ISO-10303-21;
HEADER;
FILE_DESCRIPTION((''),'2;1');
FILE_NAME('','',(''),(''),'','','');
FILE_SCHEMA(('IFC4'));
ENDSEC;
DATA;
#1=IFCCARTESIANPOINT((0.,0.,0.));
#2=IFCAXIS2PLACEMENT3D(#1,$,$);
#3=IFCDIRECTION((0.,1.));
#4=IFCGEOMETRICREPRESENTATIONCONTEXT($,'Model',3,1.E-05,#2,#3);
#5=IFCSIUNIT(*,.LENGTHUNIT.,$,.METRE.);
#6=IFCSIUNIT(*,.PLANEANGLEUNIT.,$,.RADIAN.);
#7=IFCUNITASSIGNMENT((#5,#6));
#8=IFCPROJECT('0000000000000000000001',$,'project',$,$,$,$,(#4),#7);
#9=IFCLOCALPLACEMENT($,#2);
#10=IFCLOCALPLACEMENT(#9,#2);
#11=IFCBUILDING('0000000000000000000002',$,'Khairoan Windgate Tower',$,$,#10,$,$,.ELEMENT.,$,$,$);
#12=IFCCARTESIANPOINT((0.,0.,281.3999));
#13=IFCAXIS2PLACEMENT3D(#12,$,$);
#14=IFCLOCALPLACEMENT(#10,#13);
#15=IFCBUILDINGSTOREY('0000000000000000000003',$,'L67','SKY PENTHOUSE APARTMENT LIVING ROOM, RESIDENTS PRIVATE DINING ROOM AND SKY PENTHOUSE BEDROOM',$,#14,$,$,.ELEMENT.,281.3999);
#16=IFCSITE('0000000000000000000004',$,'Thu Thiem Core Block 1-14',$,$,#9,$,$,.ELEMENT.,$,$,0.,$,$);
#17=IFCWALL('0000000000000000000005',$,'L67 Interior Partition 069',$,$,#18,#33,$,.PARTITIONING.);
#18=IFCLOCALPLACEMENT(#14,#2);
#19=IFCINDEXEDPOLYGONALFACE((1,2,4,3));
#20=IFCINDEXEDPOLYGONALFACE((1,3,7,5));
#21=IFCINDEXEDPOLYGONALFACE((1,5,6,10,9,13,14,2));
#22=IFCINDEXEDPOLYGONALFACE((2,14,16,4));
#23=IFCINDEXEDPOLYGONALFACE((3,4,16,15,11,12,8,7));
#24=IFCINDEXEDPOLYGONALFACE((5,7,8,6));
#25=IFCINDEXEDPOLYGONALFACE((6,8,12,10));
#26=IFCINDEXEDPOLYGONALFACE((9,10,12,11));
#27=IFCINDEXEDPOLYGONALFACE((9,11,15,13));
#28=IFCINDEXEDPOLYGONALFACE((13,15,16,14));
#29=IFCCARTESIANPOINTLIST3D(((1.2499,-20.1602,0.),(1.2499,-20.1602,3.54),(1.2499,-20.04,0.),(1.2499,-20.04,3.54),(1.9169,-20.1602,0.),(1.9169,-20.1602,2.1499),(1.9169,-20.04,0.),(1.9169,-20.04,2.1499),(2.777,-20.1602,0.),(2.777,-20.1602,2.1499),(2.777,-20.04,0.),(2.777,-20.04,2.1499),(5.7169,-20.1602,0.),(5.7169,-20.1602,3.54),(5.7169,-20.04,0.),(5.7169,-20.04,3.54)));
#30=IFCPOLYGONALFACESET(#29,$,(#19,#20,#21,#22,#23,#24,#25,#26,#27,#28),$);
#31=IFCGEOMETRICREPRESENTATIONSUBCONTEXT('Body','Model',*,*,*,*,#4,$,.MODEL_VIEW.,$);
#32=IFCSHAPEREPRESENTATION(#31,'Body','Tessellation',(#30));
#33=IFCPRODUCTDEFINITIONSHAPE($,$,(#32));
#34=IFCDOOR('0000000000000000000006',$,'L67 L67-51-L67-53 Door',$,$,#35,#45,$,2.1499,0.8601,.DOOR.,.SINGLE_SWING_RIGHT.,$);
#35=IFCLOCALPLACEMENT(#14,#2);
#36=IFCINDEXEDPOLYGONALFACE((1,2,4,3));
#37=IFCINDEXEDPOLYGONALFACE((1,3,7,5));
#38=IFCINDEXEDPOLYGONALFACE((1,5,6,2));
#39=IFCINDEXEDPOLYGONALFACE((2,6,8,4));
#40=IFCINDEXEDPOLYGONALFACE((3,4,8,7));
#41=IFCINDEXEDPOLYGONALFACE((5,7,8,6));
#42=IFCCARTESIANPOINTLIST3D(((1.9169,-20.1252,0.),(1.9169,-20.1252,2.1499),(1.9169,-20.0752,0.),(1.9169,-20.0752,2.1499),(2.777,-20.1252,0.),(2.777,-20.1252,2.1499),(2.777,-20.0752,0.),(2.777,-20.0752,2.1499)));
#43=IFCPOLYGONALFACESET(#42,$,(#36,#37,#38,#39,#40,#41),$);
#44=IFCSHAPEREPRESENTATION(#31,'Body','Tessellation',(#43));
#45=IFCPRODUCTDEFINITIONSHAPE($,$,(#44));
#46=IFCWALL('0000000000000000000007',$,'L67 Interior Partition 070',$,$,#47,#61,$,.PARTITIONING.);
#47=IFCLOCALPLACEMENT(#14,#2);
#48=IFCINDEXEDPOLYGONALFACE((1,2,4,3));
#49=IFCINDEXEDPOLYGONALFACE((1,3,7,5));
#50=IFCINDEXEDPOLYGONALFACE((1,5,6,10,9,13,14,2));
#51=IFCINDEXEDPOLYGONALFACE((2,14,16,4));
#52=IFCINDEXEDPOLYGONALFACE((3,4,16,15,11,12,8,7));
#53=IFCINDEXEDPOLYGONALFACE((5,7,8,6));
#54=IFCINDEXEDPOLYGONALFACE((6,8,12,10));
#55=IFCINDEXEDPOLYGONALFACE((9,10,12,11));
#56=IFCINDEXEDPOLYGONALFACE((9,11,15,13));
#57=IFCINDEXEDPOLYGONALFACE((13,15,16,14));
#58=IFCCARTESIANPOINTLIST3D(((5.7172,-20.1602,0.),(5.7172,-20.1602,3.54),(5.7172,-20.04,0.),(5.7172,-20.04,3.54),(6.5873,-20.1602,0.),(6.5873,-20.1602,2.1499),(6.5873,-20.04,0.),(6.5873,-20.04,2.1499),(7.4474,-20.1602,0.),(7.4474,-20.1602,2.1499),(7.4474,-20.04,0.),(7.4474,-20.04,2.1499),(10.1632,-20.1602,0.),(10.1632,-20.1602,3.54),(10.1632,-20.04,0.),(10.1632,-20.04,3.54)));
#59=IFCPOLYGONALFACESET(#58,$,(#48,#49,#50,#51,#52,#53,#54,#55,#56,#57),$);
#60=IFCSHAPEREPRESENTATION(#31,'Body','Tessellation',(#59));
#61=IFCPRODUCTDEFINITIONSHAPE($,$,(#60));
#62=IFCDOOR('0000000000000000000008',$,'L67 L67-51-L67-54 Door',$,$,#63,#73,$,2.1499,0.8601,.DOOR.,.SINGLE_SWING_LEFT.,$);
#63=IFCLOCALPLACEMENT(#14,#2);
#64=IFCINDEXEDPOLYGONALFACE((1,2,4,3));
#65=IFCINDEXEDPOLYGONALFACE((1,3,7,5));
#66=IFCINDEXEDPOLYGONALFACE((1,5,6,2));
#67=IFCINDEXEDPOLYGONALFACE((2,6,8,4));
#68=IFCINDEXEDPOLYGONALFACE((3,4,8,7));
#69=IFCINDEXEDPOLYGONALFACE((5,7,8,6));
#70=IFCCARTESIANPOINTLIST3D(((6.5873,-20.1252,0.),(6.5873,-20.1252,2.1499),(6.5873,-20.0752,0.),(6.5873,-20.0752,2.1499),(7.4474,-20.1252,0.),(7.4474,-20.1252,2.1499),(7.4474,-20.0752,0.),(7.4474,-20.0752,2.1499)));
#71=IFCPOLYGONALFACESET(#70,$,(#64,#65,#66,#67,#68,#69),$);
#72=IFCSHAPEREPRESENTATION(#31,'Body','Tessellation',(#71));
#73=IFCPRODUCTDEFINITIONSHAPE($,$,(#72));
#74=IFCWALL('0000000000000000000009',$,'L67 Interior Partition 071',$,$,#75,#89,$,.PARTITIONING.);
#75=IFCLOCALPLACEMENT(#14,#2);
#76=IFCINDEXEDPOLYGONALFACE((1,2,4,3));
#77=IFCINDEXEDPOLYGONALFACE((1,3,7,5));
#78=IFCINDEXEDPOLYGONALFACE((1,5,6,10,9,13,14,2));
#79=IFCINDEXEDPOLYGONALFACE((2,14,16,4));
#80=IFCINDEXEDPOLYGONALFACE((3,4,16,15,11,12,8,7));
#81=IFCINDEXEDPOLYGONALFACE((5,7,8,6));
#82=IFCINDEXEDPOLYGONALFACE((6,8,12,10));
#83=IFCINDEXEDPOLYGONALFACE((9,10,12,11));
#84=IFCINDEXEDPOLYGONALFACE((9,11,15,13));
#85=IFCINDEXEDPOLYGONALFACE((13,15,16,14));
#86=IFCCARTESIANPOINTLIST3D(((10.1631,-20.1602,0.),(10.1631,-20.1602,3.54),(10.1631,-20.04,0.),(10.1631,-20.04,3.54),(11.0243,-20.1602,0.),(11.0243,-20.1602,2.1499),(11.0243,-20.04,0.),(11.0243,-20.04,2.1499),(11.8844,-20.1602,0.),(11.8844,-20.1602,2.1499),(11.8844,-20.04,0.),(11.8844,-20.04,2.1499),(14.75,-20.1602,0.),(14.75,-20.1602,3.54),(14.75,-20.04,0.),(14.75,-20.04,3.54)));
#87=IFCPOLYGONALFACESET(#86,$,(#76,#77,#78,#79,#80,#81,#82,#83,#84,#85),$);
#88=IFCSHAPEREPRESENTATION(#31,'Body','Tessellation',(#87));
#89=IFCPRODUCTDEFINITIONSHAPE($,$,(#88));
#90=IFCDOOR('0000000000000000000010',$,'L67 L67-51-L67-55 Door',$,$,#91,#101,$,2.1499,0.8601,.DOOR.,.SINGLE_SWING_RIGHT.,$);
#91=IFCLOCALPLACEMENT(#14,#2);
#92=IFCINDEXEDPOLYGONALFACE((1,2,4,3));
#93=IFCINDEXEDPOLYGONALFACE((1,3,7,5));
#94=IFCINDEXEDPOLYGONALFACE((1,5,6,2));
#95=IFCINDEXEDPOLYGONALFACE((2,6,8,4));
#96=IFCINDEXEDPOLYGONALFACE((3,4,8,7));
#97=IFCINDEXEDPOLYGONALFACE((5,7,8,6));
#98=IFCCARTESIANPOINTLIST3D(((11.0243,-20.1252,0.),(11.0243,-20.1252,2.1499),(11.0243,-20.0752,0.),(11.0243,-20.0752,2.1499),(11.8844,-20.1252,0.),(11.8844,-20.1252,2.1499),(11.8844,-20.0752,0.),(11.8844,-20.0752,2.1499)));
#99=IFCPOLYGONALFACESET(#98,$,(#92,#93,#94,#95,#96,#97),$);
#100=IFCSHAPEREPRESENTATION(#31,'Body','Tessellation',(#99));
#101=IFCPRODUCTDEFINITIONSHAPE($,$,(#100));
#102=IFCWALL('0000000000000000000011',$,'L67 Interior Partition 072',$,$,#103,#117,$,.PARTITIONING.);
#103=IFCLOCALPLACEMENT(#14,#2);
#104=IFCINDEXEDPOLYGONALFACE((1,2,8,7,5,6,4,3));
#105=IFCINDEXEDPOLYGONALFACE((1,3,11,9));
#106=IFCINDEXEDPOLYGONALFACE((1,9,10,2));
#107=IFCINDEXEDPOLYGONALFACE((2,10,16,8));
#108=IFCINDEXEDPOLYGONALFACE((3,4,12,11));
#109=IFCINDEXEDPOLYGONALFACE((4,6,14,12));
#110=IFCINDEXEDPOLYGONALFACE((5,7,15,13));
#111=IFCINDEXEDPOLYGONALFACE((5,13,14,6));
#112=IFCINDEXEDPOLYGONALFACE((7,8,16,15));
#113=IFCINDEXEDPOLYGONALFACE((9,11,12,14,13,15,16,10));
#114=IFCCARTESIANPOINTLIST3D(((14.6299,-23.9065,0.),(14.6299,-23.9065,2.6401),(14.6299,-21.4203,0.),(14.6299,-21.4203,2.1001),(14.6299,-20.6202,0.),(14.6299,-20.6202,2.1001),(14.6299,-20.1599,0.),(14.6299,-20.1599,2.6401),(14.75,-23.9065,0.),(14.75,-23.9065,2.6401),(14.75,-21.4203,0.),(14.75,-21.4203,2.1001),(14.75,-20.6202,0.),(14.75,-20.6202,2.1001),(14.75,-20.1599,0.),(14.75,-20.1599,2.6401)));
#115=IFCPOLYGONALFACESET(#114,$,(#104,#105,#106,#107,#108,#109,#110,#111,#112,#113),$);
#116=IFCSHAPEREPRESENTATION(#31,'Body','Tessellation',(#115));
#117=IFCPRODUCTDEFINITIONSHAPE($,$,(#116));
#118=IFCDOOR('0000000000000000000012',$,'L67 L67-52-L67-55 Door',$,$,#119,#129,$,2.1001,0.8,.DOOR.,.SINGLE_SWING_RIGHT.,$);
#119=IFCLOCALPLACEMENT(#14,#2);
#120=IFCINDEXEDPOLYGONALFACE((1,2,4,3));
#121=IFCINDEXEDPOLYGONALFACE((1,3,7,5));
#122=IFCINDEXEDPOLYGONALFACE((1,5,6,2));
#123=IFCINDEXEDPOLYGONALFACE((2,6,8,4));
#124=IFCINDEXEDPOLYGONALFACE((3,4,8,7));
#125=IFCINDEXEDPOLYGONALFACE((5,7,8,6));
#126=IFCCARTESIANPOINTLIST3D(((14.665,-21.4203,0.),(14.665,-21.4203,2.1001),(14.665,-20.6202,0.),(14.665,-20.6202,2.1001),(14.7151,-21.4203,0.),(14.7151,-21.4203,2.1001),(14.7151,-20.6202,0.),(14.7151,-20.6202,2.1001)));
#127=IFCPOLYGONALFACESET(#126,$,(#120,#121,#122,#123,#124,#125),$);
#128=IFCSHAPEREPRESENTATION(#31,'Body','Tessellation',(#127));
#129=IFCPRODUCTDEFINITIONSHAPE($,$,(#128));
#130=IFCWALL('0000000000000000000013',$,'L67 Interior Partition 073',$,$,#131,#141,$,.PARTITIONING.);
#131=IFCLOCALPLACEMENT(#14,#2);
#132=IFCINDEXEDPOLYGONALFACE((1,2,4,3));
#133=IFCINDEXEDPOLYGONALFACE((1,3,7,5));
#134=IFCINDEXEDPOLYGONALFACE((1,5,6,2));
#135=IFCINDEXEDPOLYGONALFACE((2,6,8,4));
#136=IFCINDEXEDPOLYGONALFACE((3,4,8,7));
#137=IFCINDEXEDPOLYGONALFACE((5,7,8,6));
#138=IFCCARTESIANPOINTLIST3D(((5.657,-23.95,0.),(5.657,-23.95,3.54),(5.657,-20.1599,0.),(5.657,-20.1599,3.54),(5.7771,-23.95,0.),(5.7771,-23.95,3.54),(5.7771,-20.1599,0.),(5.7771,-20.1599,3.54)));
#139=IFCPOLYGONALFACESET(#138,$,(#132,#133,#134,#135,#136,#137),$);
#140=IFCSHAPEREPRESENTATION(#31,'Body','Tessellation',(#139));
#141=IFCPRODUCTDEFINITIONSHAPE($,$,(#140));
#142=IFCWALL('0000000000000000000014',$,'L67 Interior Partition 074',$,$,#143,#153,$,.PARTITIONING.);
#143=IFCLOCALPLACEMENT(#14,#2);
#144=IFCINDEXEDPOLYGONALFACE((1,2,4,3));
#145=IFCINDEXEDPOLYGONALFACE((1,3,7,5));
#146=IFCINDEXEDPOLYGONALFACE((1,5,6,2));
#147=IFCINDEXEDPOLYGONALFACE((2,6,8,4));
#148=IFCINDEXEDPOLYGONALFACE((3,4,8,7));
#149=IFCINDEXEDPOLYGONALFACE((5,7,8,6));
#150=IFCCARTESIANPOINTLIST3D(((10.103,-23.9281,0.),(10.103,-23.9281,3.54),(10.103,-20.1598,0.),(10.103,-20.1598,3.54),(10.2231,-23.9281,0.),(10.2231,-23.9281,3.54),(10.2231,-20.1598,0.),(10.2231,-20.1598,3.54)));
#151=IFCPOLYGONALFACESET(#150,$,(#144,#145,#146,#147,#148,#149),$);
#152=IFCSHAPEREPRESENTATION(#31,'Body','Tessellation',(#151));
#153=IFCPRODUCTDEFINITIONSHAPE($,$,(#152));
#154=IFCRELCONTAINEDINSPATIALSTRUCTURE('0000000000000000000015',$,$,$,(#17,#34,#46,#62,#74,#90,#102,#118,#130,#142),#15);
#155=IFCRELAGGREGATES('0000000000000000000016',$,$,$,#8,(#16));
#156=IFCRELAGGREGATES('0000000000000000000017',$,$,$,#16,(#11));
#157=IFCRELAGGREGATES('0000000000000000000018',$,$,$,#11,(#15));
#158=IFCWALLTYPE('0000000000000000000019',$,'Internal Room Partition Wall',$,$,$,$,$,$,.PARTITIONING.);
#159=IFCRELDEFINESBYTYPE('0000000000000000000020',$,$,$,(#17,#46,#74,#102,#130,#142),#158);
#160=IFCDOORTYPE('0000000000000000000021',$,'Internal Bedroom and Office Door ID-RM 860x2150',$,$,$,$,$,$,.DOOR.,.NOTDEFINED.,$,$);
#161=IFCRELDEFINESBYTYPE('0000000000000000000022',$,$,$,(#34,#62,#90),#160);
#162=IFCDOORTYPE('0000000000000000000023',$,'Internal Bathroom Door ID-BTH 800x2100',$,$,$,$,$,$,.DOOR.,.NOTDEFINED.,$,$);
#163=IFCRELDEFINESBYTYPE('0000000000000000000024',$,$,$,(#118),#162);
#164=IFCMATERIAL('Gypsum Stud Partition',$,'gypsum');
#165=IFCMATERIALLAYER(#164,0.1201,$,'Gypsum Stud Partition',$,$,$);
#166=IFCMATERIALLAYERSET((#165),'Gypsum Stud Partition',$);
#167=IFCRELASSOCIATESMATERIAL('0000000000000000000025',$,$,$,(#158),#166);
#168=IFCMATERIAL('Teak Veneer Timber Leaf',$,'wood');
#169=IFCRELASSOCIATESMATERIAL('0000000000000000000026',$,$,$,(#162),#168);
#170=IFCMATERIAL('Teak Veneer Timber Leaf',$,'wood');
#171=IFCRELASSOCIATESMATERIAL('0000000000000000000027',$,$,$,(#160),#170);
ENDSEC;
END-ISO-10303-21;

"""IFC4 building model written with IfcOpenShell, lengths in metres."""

from ifc_helpers import new_model, si_unit, direction, frame, frame_2d, origin, place, context, subcontext, project, spatial, rectangle, extrude, material, layer, layer_set, type_object, element, fill, save


model = new_model("IFC4")

# Units and contexts
model_context = context("Model", 3, precision=1e-05, world=origin(), true_north=direction((0.0, 1.0)))
body_context = subcontext(model_context, "Body", "Model", "MODEL_VIEW")
ifc_project = project(units=[si_unit("LENGTHUNIT", "METRE"), si_unit("PLANEANGLEUNIT", "RADIAN")], contexts=[model_context])

# Site, building, storey
site_placement = place(None, origin())
site = spatial("IfcSite", under=ifc_project, at=site_placement, Name="Thu Thiem Core Block 1-14", CompositionType="ELEMENT", RefElevation=0.0)
building_placement = place(site_placement, origin())
building = spatial("IfcBuilding", under=site, at=building_placement, Name="Khairoan Windgate Tower", CompositionType="ELEMENT")
storey_placement = place(building_placement, frame((0.0, 0.0, 281.3999)))
storey = spatial("IfcBuildingStorey", under=building, at=storey_placement, Name="L67", Description="SKY PENTHOUSE APARTMENT LIVING ROOM, RESIDENTS PRIVATE DINING ROOM AND SKY PENTHOUSE BEDROOM", CompositionType="ELEMENT", Elevation=281.3999)

# Shared definitions
ifc_material_1 = material(Name="Gypsum Stud Partition", Category="gypsum")
ifc_layer_1 = layer(ifc_material_1, 0.1201, Name="Gypsum Stud Partition")
ifc_layer_set_1 = layer_set([ifc_layer_1], Name="Gypsum Stud Partition")
wall_type_1 = type_object("IfcWallType", Name="Internal Room Partition Wall", PredefinedType="PARTITIONING", material=ifc_layer_set_1)

# Walls, openings, doors
ifc_material_2 = material(Name="Teak Veneer Timber Leaf", Category="wood")
door_type_1 = type_object("IfcDoorType", Name="Internal Bathroom Door ID-BTH 800x2100", OperationType="NOTDEFINED", PredefinedType="DOOR", material=ifc_material_2)
wall_1_placement = place(storey_placement, frame((1.25, -20.1001, 0.0), z_axis=(0.0, 0.0, 1.0), x_axis=(1.0, 0.0, 0.0)))
wall_1 = element("IfcWall", 1, at=wall_1_placement, inside=storey, type_object=wall_type_1, Name="L67 Interior Partition 069", PredefinedType="PARTITIONING", context=body_context, shape_type="SweptSolid", body=[
    extrude(rectangle(XDim=4.467, YDim=0.1201, at=frame_2d((2.2334, 0.0))), origin(), (0.0, 0.0, 1.0), 3.54),
])
opening_1_placement = place(wall_1_placement, frame((0.6667, 0.0, 0.0)))
opening_1 = element("IfcOpeningElement", 2, at=opening_1_placement, cuts=wall_1, PredefinedType="OPENING", context=body_context, shape_type="SweptSolid", body=[
    extrude(rectangle(XDim=0.8601, YDim=2.1499, at=frame_2d((0.4302, 1.075))), frame((0.0, 0.0701, 0.0), z_axis=(0.0, -1.0, 0.0), x_axis=(1.0, 0.0, 0.0)), (0.0, 0.0, 1.0), 0.1401),
])
ifc_material_3 = material(Name="Teak Veneer Timber Leaf", Category="wood")
door_type_2 = type_object("IfcDoorType", Name="Internal Bedroom and Office Door ID-RM 860x2150", OperationType="NOTDEFINED", PredefinedType="DOOR", material=ifc_material_3)
door_1_placement = place(opening_1_placement, origin())
door_1 = element("IfcDoor", 3, at=door_1_placement, inside=storey, type_object=door_type_2, Name="L67 L67-51-L67-53 Door", OperationType="SINGLE_SWING_RIGHT", OverallHeight=2.1499, OverallWidth=0.8601, PredefinedType="DOOR", context=body_context, shape_type="SweptSolid", body=[
    extrude(rectangle(XDim=0.8601, YDim=2.1499, at=frame_2d((0.4302, 1.075))), frame((0.0, 0.0249, 0.0), z_axis=(0.0, -1.0, 0.0), x_axis=(1.0, 0.0, 0.0)), (0.0, 0.0, 1.0), 0.05),
])
fill(opening_1, door_1)
wall_2_placement = place(storey_placement, frame((5.717, -20.1001, 0.0), z_axis=(0.0, 0.0, 1.0), x_axis=(1.0, 0.0, 0.0)))
wall_2 = element("IfcWall", 4, at=wall_2_placement, inside=storey, type_object=wall_type_1, Name="L67 Interior Partition 070", PredefinedType="PARTITIONING", context=body_context, shape_type="SweptSolid", body=[
    extrude(rectangle(XDim=4.446, YDim=0.1201, at=frame_2d((2.2231, 0.0))), origin(), (0.0, 0.0, 1.0), 3.54),
])
opening_2_placement = place(wall_2_placement, frame((0.8701, 0.0, 0.0)))
opening_2 = element("IfcOpeningElement", 5, at=opening_2_placement, cuts=wall_2, PredefinedType="OPENING", context=body_context, shape_type="SweptSolid", body=[
    extrude(rectangle(XDim=0.8601, YDim=2.1499, at=frame_2d((0.4302, 1.075))), frame((0.0, 0.0701, 0.0), z_axis=(0.0, -1.0, 0.0), x_axis=(1.0, 0.0, 0.0)), (0.0, 0.0, 1.0), 0.1401),
])
door_2_placement = place(opening_2_placement, origin())
door_2 = element("IfcDoor", 6, at=door_2_placement, inside=storey, type_object=door_type_2, Name="L67 L67-51-L67-54 Door", OperationType="SINGLE_SWING_LEFT", OverallHeight=2.1499, OverallWidth=0.8601, PredefinedType="DOOR", context=body_context, shape_type="SweptSolid", body=[
    extrude(rectangle(XDim=0.8601, YDim=2.1499, at=frame_2d((0.4302, 1.075))), frame((0.0, 0.0249, 0.0), z_axis=(0.0, -1.0, 0.0), x_axis=(1.0, 0.0, 0.0)), (0.0, 0.0, 1.0), 0.05),
])
fill(opening_2, door_2)
wall_3_placement = place(storey_placement, frame((10.1631, -20.1001, 0.0), z_axis=(0.0, 0.0, 1.0), x_axis=(1.0, 0.0, 0.0)))
wall_3 = element("IfcWall", 7, at=wall_3_placement, inside=storey, type_object=wall_type_1, Name="L67 Interior Partition 071", PredefinedType="PARTITIONING", context=body_context, shape_type="SweptSolid", body=[
    extrude(rectangle(XDim=4.5869, YDim=0.1201, at=frame_2d((2.2935, 0.0))), origin(), (0.0, 0.0, 1.0), 3.54),
])
opening_3_placement = place(wall_3_placement, frame((0.8611, 0.0, 0.0)))
opening_3 = element("IfcOpeningElement", 8, at=opening_3_placement, cuts=wall_3, PredefinedType="OPENING", context=body_context, shape_type="SweptSolid", body=[
    extrude(rectangle(XDim=0.8601, YDim=2.1499, at=frame_2d((0.4302, 1.075))), frame((0.0, 0.0701, 0.0), z_axis=(0.0, -1.0, 0.0), x_axis=(1.0, 0.0, 0.0)), (0.0, 0.0, 1.0), 0.1401),
])
door_3_placement = place(opening_3_placement, origin())
door_3 = element("IfcDoor", 9, at=door_3_placement, inside=storey, type_object=door_type_2, Name="L67 L67-51-L67-55 Door", OperationType="SINGLE_SWING_RIGHT", OverallHeight=2.1499, OverallWidth=0.8601, PredefinedType="DOOR", context=body_context, shape_type="SweptSolid", body=[
    extrude(rectangle(XDim=0.8601, YDim=2.1499, at=frame_2d((0.4302, 1.075))), frame((0.0, 0.0249, 0.0), z_axis=(0.0, -1.0, 0.0), x_axis=(1.0, 0.0, 0.0)), (0.0, 0.0, 1.0), 0.05),
])
fill(opening_3, door_3)
wall_4_placement = place(storey_placement, frame((14.6899, -23.9065, 0.0), z_axis=(0.0, 0.0, 1.0), x_axis=(0.0, 1.0, 0.0)))
wall_4 = element("IfcWall", 10, at=wall_4_placement, inside=storey, type_object=wall_type_1, Name="L67 Interior Partition 072", PredefinedType="PARTITIONING", context=body_context, shape_type="SweptSolid", body=[
    extrude(rectangle(XDim=3.7466, YDim=0.1201, at=frame_2d((1.8733, 0.0))), origin(), (0.0, 0.0, 1.0), 2.6401),
])
opening_4_placement = place(wall_4_placement, frame((2.4863, 0.0, 0.0)))
opening_4 = element("IfcOpeningElement", 11, at=opening_4_placement, cuts=wall_4, PredefinedType="OPENING", context=body_context, shape_type="SweptSolid", body=[
    extrude(rectangle(XDim=0.8, YDim=2.1001, at=frame_2d((0.3999, 1.05))), frame((0.0, 0.0701, 0.0), z_axis=(0.0, -1.0, 0.0), x_axis=(1.0, 0.0, 0.0)), (0.0, 0.0, 1.0), 0.1401),
])
door_4_placement = place(opening_4_placement, origin())
door_4 = element("IfcDoor", 12, at=door_4_placement, inside=storey, type_object=door_type_1, Name="L67 L67-52-L67-55 Door", OperationType="SINGLE_SWING_RIGHT", OverallHeight=2.1001, OverallWidth=0.8, PredefinedType="DOOR", context=body_context, shape_type="SweptSolid", body=[
    extrude(rectangle(XDim=0.8, YDim=2.1001, at=frame_2d((0.3999, 1.05))), frame((0.0, 0.0249, 0.0), z_axis=(0.0, -1.0, 0.0), x_axis=(1.0, 0.0, 0.0)), (0.0, 0.0, 1.0), 0.05),
])
fill(opening_4, door_4)

# Walls
wall_5_placement = place(storey_placement, frame((5.717, -23.95, 0.0), z_axis=(0.0, 0.0, 1.0), x_axis=(0.0, 1.0, 0.0)))
element("IfcWall", 13, at=wall_5_placement, inside=storey, type_object=wall_type_1, Name="L67 Interior Partition 073", PredefinedType="PARTITIONING", context=body_context, shape_type="SweptSolid", body=[
    extrude(rectangle(XDim=3.79, YDim=0.1201, at=frame_2d((1.895, 0.0))), origin(), (0.0, 0.0, 1.0), 3.54),
])
wall_6_placement = place(storey_placement, frame((10.1631, -23.9282, 0.0), z_axis=(0.0, 0.0, 1.0), x_axis=(0.0, 1.0, 0.0)))
element("IfcWall", 14, at=wall_6_placement, inside=storey, type_object=wall_type_1, Name="L67 Interior Partition 074", PredefinedType="PARTITIONING", context=body_context, shape_type="SweptSolid", body=[
    extrude(rectangle(XDim=3.7683, YDim=0.1201, at=frame_2d((1.8843, 0.0))), origin(), (0.0, 0.0, 1.0), 3.54),
])

save(model, "model.ifc")
